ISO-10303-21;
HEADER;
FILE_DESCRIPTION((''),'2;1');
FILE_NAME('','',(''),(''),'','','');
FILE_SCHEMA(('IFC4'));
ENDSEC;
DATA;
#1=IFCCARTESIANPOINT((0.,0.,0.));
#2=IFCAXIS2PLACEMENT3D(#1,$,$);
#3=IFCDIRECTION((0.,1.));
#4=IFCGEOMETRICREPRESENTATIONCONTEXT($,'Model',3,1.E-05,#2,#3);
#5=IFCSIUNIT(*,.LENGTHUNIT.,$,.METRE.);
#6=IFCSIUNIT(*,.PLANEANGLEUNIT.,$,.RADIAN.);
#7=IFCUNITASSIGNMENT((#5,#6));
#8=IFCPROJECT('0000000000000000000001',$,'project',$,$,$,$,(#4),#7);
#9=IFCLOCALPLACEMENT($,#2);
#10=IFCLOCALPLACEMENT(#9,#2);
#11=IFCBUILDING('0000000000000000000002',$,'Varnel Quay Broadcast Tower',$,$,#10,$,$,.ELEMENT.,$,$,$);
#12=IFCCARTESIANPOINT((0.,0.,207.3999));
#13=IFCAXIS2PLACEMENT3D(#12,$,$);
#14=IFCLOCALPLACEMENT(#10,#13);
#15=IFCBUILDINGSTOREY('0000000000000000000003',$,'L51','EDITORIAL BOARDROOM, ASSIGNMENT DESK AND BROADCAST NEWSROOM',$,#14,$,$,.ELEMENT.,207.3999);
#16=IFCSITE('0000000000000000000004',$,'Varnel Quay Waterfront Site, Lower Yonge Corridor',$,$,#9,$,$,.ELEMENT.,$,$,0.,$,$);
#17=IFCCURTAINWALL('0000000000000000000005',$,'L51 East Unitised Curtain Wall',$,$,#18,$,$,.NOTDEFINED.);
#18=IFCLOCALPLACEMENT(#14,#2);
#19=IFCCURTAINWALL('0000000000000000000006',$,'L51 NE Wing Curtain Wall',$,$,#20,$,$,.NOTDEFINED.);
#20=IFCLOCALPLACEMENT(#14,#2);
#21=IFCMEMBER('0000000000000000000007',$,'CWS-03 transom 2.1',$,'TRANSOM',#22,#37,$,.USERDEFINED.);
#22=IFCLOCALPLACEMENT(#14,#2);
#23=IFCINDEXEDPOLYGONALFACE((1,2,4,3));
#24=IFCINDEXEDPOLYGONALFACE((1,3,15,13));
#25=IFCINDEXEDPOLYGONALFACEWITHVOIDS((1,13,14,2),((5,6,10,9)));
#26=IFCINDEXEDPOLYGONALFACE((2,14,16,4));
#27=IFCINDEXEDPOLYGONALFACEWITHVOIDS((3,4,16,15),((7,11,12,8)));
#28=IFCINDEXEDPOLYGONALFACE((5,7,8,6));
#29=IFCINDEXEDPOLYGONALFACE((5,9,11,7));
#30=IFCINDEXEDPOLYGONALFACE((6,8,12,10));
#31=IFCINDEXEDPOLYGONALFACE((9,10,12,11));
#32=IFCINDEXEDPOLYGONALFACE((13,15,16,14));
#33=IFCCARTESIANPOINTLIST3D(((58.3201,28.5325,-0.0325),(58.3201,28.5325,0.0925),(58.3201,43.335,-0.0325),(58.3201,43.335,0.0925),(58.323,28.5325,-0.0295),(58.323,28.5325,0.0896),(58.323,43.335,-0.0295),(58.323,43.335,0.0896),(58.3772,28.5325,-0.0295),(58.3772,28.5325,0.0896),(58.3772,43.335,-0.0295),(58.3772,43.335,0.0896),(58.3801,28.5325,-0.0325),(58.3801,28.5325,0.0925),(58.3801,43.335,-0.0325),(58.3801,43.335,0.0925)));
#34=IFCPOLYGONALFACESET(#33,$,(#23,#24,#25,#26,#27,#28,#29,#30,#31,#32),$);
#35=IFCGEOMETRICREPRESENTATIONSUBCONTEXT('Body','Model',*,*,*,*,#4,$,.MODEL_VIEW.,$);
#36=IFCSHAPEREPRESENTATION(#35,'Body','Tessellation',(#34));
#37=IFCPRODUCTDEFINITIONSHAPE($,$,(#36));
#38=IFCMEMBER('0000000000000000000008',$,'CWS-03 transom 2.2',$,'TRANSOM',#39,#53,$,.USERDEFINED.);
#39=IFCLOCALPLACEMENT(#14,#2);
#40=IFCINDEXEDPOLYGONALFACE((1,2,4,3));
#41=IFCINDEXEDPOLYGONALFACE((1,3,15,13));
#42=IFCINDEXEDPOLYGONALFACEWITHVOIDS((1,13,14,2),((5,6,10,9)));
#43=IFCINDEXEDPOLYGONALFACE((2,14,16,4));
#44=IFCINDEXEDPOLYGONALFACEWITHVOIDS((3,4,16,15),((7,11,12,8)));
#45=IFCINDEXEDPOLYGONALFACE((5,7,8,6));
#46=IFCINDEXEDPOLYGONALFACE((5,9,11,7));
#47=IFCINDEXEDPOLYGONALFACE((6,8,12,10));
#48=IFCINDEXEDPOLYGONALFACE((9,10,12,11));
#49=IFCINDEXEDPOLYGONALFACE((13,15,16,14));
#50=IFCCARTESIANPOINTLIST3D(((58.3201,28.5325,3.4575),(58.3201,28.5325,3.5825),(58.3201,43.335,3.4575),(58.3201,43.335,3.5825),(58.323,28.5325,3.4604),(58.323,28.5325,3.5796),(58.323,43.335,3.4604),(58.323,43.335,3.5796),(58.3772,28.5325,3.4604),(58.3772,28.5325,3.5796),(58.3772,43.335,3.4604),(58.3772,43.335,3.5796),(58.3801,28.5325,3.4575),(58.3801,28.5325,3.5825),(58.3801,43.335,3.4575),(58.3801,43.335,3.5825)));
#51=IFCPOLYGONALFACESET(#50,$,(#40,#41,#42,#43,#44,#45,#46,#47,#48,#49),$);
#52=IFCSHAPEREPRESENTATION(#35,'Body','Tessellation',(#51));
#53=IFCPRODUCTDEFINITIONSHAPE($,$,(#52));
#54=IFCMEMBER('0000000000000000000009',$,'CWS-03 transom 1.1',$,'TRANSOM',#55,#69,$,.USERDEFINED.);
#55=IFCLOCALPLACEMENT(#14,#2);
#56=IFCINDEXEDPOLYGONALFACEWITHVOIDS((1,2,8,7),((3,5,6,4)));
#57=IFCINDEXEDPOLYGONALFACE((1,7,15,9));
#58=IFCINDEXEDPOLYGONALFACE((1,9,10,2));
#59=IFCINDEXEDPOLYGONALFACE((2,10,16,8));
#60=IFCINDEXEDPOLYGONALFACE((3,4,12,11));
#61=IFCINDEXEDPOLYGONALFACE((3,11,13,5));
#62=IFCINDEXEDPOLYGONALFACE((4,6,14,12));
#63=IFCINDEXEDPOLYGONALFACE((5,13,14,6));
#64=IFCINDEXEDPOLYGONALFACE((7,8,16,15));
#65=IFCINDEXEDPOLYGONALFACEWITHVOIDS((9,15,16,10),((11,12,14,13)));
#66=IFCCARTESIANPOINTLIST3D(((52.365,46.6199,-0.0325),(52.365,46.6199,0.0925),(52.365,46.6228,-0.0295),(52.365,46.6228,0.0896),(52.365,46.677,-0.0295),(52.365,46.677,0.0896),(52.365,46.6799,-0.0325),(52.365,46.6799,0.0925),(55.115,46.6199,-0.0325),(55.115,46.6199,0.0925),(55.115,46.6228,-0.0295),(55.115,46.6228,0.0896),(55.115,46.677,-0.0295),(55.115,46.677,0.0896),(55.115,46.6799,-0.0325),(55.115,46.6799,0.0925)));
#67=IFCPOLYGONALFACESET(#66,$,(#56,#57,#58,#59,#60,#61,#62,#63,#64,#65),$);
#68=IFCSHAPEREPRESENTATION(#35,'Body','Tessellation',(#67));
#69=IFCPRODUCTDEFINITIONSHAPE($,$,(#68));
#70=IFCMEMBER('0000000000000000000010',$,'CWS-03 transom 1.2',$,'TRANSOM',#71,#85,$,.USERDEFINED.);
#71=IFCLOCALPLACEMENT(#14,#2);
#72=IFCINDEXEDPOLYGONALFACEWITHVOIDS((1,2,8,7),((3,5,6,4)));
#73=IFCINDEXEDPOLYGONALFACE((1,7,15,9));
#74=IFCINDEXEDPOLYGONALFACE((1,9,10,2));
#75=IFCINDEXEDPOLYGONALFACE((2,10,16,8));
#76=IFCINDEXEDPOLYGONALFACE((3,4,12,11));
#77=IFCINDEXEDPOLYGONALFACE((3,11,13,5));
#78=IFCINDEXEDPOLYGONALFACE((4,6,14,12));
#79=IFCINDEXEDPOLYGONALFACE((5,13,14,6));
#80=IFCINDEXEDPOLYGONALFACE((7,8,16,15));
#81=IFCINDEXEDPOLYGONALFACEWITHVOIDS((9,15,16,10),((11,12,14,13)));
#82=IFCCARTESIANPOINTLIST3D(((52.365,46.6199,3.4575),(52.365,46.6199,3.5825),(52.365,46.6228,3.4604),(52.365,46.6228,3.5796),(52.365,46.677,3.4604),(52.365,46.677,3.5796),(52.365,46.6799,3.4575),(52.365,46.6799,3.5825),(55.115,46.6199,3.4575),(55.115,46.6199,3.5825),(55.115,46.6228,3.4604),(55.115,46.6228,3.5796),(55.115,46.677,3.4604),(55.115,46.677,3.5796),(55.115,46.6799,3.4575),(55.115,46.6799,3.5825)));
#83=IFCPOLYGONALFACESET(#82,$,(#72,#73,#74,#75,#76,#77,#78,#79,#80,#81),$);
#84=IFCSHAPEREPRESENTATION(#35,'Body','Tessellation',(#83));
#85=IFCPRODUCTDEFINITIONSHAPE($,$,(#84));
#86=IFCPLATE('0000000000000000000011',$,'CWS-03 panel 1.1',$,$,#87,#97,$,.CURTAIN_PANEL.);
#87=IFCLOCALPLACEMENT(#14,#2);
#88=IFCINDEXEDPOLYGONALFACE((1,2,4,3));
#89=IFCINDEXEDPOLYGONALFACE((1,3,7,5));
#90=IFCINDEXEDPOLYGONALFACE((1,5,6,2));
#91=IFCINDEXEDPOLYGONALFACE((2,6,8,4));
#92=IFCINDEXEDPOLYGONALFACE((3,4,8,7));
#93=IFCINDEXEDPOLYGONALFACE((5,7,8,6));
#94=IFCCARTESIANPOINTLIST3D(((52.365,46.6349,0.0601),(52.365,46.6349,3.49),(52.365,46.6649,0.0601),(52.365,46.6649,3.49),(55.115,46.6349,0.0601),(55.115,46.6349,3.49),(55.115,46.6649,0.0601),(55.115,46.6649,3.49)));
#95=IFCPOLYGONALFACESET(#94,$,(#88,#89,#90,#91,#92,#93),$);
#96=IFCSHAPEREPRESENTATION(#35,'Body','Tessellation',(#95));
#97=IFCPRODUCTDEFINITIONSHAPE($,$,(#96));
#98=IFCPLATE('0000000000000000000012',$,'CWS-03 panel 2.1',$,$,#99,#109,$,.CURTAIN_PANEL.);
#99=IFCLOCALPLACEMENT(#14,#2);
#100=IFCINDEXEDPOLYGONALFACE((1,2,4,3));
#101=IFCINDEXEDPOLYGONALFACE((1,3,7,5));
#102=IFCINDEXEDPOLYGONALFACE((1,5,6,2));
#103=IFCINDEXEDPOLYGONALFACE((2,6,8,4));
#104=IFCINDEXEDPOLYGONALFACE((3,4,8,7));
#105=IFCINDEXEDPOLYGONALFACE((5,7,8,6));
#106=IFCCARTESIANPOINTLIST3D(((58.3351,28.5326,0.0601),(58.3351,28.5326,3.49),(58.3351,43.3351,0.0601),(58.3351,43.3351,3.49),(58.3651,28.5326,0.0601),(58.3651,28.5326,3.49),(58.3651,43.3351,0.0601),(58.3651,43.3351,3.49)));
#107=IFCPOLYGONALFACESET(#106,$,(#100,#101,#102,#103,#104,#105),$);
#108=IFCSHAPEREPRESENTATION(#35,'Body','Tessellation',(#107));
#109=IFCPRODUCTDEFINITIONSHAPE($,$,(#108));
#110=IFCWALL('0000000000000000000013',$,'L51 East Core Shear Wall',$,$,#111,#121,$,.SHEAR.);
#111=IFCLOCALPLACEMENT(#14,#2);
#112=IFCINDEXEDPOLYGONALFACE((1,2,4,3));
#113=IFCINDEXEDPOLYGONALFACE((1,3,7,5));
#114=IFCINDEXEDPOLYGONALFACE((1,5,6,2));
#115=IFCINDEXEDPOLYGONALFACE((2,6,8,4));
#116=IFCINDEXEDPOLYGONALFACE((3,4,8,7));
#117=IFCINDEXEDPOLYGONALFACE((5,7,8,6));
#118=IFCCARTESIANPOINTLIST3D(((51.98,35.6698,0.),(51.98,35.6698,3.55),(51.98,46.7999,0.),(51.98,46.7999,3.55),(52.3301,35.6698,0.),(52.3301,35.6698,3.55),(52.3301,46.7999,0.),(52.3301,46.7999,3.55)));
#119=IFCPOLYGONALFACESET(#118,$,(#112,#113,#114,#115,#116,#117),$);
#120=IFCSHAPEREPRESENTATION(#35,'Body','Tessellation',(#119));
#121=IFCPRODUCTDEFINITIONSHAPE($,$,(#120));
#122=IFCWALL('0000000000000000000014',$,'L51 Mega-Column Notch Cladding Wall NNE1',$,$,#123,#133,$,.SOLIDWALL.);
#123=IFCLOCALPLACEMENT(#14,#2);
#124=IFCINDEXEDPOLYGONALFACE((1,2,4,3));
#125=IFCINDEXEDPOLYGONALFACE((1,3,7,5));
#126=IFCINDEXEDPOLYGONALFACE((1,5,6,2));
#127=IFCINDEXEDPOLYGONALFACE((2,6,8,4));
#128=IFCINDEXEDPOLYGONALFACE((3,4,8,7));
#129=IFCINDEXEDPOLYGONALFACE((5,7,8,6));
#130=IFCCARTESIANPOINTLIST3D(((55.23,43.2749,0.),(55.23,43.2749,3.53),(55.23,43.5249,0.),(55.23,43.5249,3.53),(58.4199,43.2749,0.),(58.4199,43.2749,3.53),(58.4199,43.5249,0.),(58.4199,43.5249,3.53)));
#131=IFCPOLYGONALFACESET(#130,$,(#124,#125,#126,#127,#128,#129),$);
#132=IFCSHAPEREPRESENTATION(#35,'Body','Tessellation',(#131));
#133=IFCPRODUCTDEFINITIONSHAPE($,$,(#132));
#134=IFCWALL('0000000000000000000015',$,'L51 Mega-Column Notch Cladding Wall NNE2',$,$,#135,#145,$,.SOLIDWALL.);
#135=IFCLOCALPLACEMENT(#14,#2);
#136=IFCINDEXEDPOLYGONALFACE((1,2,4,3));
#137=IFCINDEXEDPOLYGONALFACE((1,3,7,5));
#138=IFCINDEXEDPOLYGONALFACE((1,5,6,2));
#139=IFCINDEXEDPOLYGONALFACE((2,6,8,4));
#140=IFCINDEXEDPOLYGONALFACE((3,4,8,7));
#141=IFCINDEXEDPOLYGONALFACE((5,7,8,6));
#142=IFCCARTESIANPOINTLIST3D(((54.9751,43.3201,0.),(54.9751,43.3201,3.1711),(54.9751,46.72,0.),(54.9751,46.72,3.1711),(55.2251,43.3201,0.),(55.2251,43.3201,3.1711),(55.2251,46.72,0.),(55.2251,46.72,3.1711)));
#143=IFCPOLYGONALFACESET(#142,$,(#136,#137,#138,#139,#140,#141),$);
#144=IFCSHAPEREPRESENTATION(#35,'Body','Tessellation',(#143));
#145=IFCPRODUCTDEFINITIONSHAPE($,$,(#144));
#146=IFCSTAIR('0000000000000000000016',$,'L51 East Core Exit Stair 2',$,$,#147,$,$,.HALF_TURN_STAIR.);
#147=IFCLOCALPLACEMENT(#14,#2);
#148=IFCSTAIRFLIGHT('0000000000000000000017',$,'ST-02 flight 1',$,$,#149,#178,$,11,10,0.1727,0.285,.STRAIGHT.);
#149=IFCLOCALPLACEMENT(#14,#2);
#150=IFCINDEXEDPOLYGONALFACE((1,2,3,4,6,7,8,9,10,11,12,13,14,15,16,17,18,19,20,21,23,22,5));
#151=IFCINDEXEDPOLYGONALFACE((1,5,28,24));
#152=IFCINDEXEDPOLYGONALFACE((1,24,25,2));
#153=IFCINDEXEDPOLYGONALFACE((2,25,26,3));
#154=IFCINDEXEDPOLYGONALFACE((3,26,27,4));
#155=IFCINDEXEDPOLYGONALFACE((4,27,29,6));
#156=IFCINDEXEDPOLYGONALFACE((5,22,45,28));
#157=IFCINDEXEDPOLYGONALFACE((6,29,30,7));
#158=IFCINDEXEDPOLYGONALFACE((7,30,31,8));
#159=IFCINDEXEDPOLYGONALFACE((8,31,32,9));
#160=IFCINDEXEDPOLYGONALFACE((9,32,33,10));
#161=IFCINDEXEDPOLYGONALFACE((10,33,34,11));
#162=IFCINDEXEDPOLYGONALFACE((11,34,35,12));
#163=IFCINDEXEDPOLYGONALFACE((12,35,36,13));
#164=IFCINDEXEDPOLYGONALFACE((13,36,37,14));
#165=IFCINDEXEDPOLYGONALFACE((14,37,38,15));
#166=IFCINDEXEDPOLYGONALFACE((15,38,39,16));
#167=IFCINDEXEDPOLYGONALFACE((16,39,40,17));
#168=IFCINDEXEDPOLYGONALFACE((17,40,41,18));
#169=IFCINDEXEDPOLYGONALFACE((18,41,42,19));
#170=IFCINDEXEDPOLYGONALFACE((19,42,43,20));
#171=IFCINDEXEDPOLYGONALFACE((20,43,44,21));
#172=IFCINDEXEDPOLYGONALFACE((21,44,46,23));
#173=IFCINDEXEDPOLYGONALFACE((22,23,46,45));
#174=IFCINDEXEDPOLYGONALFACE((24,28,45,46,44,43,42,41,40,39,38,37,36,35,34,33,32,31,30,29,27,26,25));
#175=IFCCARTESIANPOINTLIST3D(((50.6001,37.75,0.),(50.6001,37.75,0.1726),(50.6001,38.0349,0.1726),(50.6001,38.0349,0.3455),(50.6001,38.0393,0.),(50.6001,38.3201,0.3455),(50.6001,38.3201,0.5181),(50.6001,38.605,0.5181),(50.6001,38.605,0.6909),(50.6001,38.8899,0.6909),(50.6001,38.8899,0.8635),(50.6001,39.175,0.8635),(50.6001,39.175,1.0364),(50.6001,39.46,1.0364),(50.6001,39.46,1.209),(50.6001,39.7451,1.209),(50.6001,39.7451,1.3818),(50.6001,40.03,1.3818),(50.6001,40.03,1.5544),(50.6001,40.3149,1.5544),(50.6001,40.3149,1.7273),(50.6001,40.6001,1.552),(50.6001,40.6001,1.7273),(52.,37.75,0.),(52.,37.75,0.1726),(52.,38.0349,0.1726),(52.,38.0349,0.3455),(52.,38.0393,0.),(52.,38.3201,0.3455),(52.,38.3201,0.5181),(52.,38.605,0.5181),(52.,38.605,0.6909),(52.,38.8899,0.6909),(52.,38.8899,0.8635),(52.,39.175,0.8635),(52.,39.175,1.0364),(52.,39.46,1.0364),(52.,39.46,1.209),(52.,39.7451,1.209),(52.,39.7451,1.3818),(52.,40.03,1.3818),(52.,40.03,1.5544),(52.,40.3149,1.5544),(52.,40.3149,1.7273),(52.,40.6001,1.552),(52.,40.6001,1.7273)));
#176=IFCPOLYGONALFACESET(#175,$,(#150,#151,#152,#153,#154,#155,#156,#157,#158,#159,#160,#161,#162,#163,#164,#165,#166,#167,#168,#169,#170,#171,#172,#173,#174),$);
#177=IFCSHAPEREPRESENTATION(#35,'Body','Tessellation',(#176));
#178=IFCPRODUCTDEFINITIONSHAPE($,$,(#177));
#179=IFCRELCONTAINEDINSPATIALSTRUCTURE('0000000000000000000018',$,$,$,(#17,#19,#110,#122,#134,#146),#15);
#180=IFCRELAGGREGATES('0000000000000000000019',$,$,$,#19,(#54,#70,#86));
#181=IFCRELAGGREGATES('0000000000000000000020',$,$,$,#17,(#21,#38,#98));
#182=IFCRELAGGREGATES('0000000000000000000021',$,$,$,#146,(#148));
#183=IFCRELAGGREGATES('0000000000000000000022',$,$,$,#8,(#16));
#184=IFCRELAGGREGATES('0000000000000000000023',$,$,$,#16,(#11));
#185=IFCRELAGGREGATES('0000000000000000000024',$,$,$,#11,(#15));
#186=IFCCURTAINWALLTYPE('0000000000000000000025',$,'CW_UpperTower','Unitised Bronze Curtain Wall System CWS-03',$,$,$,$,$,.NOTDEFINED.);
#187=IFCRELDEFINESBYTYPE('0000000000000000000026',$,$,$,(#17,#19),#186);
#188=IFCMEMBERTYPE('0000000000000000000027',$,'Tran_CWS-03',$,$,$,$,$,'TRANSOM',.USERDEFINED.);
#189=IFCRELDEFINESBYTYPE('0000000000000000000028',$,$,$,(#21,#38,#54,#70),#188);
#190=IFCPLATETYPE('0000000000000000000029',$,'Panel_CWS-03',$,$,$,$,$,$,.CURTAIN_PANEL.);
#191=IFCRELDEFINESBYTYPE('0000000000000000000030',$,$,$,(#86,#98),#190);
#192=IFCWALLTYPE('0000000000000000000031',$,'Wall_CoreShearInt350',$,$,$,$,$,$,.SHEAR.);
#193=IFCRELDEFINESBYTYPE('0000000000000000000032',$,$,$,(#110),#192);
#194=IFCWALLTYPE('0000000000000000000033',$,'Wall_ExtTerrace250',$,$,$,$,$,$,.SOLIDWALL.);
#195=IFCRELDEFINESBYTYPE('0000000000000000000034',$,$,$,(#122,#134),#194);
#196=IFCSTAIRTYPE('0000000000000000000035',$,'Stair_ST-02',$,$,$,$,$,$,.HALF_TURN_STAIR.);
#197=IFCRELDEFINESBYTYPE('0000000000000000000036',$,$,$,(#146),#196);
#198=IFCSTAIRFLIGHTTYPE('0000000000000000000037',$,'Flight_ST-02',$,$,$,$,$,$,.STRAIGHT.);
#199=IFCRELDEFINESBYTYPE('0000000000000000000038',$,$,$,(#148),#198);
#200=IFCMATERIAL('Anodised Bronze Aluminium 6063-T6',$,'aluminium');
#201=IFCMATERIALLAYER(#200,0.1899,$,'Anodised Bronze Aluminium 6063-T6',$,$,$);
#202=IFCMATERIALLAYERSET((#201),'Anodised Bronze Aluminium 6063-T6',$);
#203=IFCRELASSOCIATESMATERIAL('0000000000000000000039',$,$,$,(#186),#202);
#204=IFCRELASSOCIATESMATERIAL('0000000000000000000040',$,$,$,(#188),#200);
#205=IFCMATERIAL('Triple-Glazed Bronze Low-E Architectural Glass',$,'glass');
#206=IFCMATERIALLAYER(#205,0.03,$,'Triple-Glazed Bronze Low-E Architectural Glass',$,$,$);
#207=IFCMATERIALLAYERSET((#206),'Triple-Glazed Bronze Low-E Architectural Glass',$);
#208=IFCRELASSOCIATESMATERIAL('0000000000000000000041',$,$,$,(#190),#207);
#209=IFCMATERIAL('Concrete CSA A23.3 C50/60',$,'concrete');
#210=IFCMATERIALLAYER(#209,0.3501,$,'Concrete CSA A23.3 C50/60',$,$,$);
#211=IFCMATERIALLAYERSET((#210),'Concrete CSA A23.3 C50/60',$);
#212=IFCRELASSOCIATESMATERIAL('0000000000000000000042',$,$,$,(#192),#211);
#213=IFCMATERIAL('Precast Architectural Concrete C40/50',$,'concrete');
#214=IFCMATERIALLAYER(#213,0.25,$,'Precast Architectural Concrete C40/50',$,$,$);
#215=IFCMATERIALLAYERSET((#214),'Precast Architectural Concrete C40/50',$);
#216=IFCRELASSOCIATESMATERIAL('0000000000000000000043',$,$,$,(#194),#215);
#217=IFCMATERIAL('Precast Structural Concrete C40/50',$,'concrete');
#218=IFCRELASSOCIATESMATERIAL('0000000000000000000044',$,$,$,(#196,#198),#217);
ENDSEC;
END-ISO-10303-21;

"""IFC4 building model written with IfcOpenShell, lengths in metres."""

from ifc_helpers import new_model, si_unit, direction, frame, frame_2d, origin, origin_2d, place, context, subcontext, project, spatial, polyline, rectangle, hollow_rectangle, outline, extrude, source, transform, mapped, material, layer, layer_set, material_profile, profile_set, type_object, type_shapes, element, aggregate, save


model = new_model("IFC4")

# Units and contexts
model_context = context("Model", 3, precision=1e-05, world=origin(), true_north=direction((0.0, 1.0)))
body_context = subcontext(model_context, "Body", "Model", "MODEL_VIEW")
ifc_project = project(units=[si_unit("LENGTHUNIT", "METRE"), si_unit("PLANEANGLEUNIT", "RADIAN")], contexts=[model_context])

# Site, building, storey
site_placement = place(None, origin())
site = spatial("IfcSite", under=ifc_project, at=site_placement, Name="Varnel Quay Waterfront Site, Lower Yonge Corridor", CompositionType="ELEMENT", RefElevation=0.0)
building_placement = place(site_placement, origin())
building = spatial("IfcBuilding", under=site, at=building_placement, Name="Varnel Quay Broadcast Tower", CompositionType="ELEMENT")
storey_placement = place(building_placement, frame((0.0, 0.0, 207.3999)))
storey = spatial("IfcBuildingStorey", under=building, at=storey_placement, Name="L51", Description="EDITORIAL BOARDROOM, ASSIGNMENT DESK AND BROADCAST NEWSROOM", CompositionType="ELEMENT", Elevation=207.3999)

# Curtain walls
ifc_material_1 = material(Name="Anodised Bronze Aluminium 6063-T6", Category="aluminium")
ifc_layer_1 = layer(ifc_material_1, 0.1899, Name="Anodised Bronze Aluminium 6063-T6")
ifc_layer_set_1 = layer_set([ifc_layer_1], Name="Anodised Bronze Aluminium 6063-T6")
curtain_wall_type = type_object("IfcCurtainWallType", Name="CW_UpperTower", Description="Unitised Bronze Curtain Wall System CWS-03", PredefinedType="NOTDEFINED", material=ifc_layer_set_1)
curtain_wall_1_placement = place(storey_placement, origin())
curtain_wall_1 = element("IfcCurtainWall", 1, at=curtain_wall_1_placement, inside=storey, type_object=curtain_wall_type, Name="L51 East Unitised Curtain Wall", PredefinedType="NOTDEFINED")
curtain_wall_2_placement = place(storey_placement, origin())
curtain_wall_2 = element("IfcCurtainWall", 2, at=curtain_wall_2_placement, inside=storey, type_object=curtain_wall_type, Name="L51 NE Wing Curtain Wall", PredefinedType="NOTDEFINED")

# Members
ifc_material_profile_1 = material_profile(ifc_material_1, hollow_rectangle(XDim=0.0601, YDim=0.125, WallThickness=0.0029, at=origin_2d()), Name="ALU60X125X3")
ifc_profile_set_1 = profile_set([ifc_material_profile_1], Name="Anodised Bronze Aluminium 6063-T6")
member_type_1 = type_object("IfcMemberType", Name="Tran_CWS-03", ElementType="TRANSOM", PredefinedType="USERDEFINED", material=ifc_profile_set_1)
shared_shape_1 = source(origin(), body_context, "Body", "SweptSolid", [
    extrude(hollow_rectangle(XDim=0.0601, YDim=0.125, WallThickness=0.0029, at=origin_2d()), origin(), (0.0, 0.0, 1.0), 14.8025),
])
member_1_placement = place(storey_placement, frame((58.3501, 28.5325, 0.03), z_axis=(0.0, 1.0, 0.0), x_axis=(-1.0, 0.0, 0.0)))
member_1 = element("IfcMember", 3, at=member_1_placement, type_object=member_type_1, Name="CWS-03 transom 2.1", ObjectType="TRANSOM", PredefinedType="USERDEFINED", context=body_context, shape_type="MappedRepresentation", body=[
    mapped(shared_shape_1, transform((0.0, 0.0, 0.0), x_axis=(1.0, 0.0, 0.0), y_axis=(0.0, 1.0, 0.0), z_axis=(0.0, 0.0, 1.0), scale=1.0)),
])
member_2_placement = place(storey_placement, frame((58.3501, 28.5325, 3.52), z_axis=(0.0, 1.0, 0.0), x_axis=(-1.0, 0.0, 0.0)))
member_2 = element("IfcMember", 4, at=member_2_placement, type_object=member_type_1, Name="CWS-03 transom 2.2", ObjectType="TRANSOM", PredefinedType="USERDEFINED", context=body_context, shape_type="MappedRepresentation", body=[
    mapped(shared_shape_1, transform((0.0, 0.0, 0.0), x_axis=(1.0, 0.0, 0.0), y_axis=(0.0, 1.0, 0.0), z_axis=(0.0, 0.0, 1.0), scale=1.0)),
])
shared_shape_2 = source(origin(), body_context, "Body", "SweptSolid", [
    extrude(hollow_rectangle(XDim=0.0601, YDim=0.125, WallThickness=0.0029, at=origin_2d()), origin(), (0.0, 0.0, 1.0), 2.75),
])
type_shapes(member_type_1, [shared_shape_1, shared_shape_2])
member_3_placement = place(storey_placement, frame((52.365, 46.6499, 0.03), z_axis=(1.0, 0.0, 0.0), x_axis=(0.0, 1.0, 0.0)))
member_3 = element("IfcMember", 5, at=member_3_placement, type_object=member_type_1, Name="CWS-03 transom 1.1", ObjectType="TRANSOM", PredefinedType="USERDEFINED", context=body_context, shape_type="MappedRepresentation", body=[
    mapped(shared_shape_2, transform((0.0, 0.0, 0.0), x_axis=(1.0, 0.0, 0.0), y_axis=(0.0, 1.0, 0.0), z_axis=(0.0, 0.0, 1.0), scale=1.0)),
])
member_4_placement = place(storey_placement, frame((52.365, 46.6499, 3.52), z_axis=(1.0, 0.0, 0.0), x_axis=(0.0, 1.0, 0.0)))
member_4 = element("IfcMember", 6, at=member_4_placement, type_object=member_type_1, Name="CWS-03 transom 1.2", ObjectType="TRANSOM", PredefinedType="USERDEFINED", context=body_context, shape_type="MappedRepresentation", body=[
    mapped(shared_shape_2, transform((0.0, 0.0, 0.0), x_axis=(1.0, 0.0, 0.0), y_axis=(0.0, 1.0, 0.0), z_axis=(0.0, 0.0, 1.0), scale=1.0)),
])

# Plates
ifc_material_2 = material(Name="Triple-Glazed Bronze Low-E Architectural Glass", Category="glass")
ifc_layer_2 = layer(ifc_material_2, 0.03, Name="Triple-Glazed Bronze Low-E Architectural Glass")
ifc_layer_set_2 = layer_set([ifc_layer_2], Name="Triple-Glazed Bronze Low-E Architectural Glass")
plate_type = type_object("IfcPlateType", Name="Panel_CWS-03", PredefinedType="CURTAIN_PANEL", material=ifc_layer_set_2)
shared_shape_3 = source(origin(), body_context, "Body", "SweptSolid", [
    extrude(rectangle(XDim=2.75, YDim=0.03, at=origin_2d()), origin(), (0.0, 0.0, 1.0), 3.4299),
])
plate_1_placement = place(storey_placement, frame((53.74, 46.6499, 0.0601), z_axis=(0.0, 0.0, 1.0), x_axis=(1.0, 0.0, 0.0)))
plate_1 = element("IfcPlate", 7, at=plate_1_placement, type_object=plate_type, Name="CWS-03 panel 1.1", PredefinedType="CURTAIN_PANEL", context=body_context, shape_type="MappedRepresentation", body=[
    mapped(shared_shape_3, transform((0.0, 0.0, 0.0), x_axis=(1.0, 0.0, 0.0), y_axis=(0.0, 1.0, 0.0), z_axis=(0.0, 0.0, 1.0), scale=1.0)),
])
aggregate(curtain_wall_2, [member_3, member_4, plate_1])
shared_shape_4 = source(origin(), body_context, "Body", "SweptSolid", [
    extrude(rectangle(XDim=14.8025, YDim=0.03, at=origin_2d()), origin(), (0.0, 0.0, 1.0), 3.4299),
])
type_shapes(plate_type, [shared_shape_3, shared_shape_4])
plate_2_placement = place(storey_placement, frame((58.3501, 35.9338, 0.0601), z_axis=(0.0, 0.0, 1.0), x_axis=(0.0, 1.0, 0.0)))
plate_2 = element("IfcPlate", 8, at=plate_2_placement, type_object=plate_type, Name="CWS-03 panel 2.1", PredefinedType="CURTAIN_PANEL", context=body_context, shape_type="MappedRepresentation", body=[
    mapped(shared_shape_4, transform((0.0, 0.0, 0.0), x_axis=(1.0, 0.0, 0.0), y_axis=(0.0, 1.0, 0.0), z_axis=(0.0, 0.0, 1.0), scale=1.0)),
])
aggregate(curtain_wall_1, [member_1, member_2, plate_2])

# Walls
ifc_material_3 = material(Name="Concrete CSA A23.3 C50/60", Category="concrete")
ifc_layer_3 = layer(ifc_material_3, 0.3501, Name="Concrete CSA A23.3 C50/60")
ifc_layer_set_3 = layer_set([ifc_layer_3], Name="Concrete CSA A23.3 C50/60")
wall_type_1 = type_object("IfcWallType", Name="Wall_CoreShearInt350", PredefinedType="SHEAR", material=ifc_layer_set_3)
wall_1_placement = place(storey_placement, frame((52.155, 35.6699, 0.0), z_axis=(0.0, 0.0, 1.0), x_axis=(0.0, 1.0, 0.0)))
element("IfcWall", 9, at=wall_1_placement, inside=storey, type_object=wall_type_1, Name="L51 East Core Shear Wall", PredefinedType="SHEAR", context=body_context, shape_type="SweptSolid", body=[
    extrude(rectangle(XDim=11.1301, YDim=0.3501, at=frame_2d((5.5649, 0.0))), origin(), (0.0, 0.0, 1.0), 3.55),
])
ifc_material_4 = material(Name="Precast Architectural Concrete C40/50", Category="concrete")
ifc_layer_4 = layer(ifc_material_4, 0.25, Name="Precast Architectural Concrete C40/50")
ifc_layer_set_4 = layer_set([ifc_layer_4], Name="Precast Architectural Concrete C40/50")
wall_type_2 = type_object("IfcWallType", Name="Wall_ExtTerrace250", PredefinedType="SOLIDWALL", material=ifc_layer_set_4)
wall_2_placement = place(storey_placement, frame((55.23, 43.3999, 0.0), z_axis=(0.0, 0.0, 1.0), x_axis=(1.0, 0.0, 0.0)))
element("IfcWall", 10, at=wall_2_placement, inside=storey, type_object=wall_type_2, Name="L51 Mega-Column Notch Cladding Wall NNE1", PredefinedType="SOLIDWALL", context=body_context, shape_type="SweptSolid", body=[
    extrude(rectangle(XDim=3.1899, YDim=0.25, at=frame_2d((1.595, 0.0))), origin(), (0.0, 0.0, 1.0), 3.53),
])
wall_3_placement = place(storey_placement, frame((55.1001, 43.3201, 0.0), z_axis=(0.0, 0.0, 1.0), x_axis=(0.0, 1.0, 0.0)))
element("IfcWall", 11, at=wall_3_placement, inside=storey, type_object=wall_type_2, Name="L51 Mega-Column Notch Cladding Wall NNE2", PredefinedType="SOLIDWALL", context=body_context, shape_type="SweptSolid", body=[
    extrude(rectangle(XDim=3.3999, YDim=0.25, at=frame_2d((1.7, 0.0))), origin(), (0.0, 0.0, 1.0), 3.1711),
])

# Stair, stair flight
ifc_material_5 = material(Name="Precast Structural Concrete C40/50", Category="concrete")
stair_type = type_object("IfcStairType", Name="Stair_ST-02", PredefinedType="HALF_TURN_STAIR", material=ifc_material_5)
stair_placement = place(storey_placement, origin())
stair = element("IfcStair", 12, at=stair_placement, inside=storey, type_object=stair_type, Name="L51 East Core Exit Stair 2", PredefinedType="HALF_TURN_STAIR")
stair_flight_type = type_object("IfcStairFlightType", Name="Flight_ST-02", PredefinedType="STRAIGHT", material=ifc_material_5)
stair_flight_1_placement = place(storey_placement, frame((51.3, 37.75, 0.0), z_axis=(0.0, 0.0, 1.0), x_axis=(0.0, 1.0, 0.0)))
stair_flight_1 = element("IfcStairFlight", 13, at=stair_flight_1_placement, type_object=stair_flight_type, Name="ST-02 flight 1", NumberOfRisers=11, NumberOfTreads=10, PredefinedType="STRAIGHT", RiserHeight=0.1727, TreadLength=0.285, context=body_context, shape_type="SweptSolid", body=[
    extrude(outline(polyline([(0.0, 0.0), (0.0, 0.1726), (0.2849, 0.1726), (0.2849, 0.3455), (0.5701, 0.3455), (0.5701, 0.5181), (0.855, 0.5181), (0.855, 0.6909), (1.1399, 0.6909), (1.1399, 0.8635), (1.425, 0.8635), (1.425, 1.0364), (1.71, 1.0364), (1.71, 1.209), (1.9951, 1.209), (1.9951, 1.3818), (2.28, 1.3818), (2.28, 1.5544), (2.5649, 1.5544), (2.5649, 1.7273), (2.8501, 1.7273), (2.8501, 1.8999), (2.8501, 1.552), (0.2893, 0.0), (0.0, 0.0)])), frame((0.0, 0.7, 0.0), z_axis=(0.0, -1.0, 0.0), x_axis=(1.0, 0.0, 0.0)), (0.0, 0.0, 1.0), 1.3999),
])
aggregate(stair, [stair_flight_1])

save(model, "model.ifc")
